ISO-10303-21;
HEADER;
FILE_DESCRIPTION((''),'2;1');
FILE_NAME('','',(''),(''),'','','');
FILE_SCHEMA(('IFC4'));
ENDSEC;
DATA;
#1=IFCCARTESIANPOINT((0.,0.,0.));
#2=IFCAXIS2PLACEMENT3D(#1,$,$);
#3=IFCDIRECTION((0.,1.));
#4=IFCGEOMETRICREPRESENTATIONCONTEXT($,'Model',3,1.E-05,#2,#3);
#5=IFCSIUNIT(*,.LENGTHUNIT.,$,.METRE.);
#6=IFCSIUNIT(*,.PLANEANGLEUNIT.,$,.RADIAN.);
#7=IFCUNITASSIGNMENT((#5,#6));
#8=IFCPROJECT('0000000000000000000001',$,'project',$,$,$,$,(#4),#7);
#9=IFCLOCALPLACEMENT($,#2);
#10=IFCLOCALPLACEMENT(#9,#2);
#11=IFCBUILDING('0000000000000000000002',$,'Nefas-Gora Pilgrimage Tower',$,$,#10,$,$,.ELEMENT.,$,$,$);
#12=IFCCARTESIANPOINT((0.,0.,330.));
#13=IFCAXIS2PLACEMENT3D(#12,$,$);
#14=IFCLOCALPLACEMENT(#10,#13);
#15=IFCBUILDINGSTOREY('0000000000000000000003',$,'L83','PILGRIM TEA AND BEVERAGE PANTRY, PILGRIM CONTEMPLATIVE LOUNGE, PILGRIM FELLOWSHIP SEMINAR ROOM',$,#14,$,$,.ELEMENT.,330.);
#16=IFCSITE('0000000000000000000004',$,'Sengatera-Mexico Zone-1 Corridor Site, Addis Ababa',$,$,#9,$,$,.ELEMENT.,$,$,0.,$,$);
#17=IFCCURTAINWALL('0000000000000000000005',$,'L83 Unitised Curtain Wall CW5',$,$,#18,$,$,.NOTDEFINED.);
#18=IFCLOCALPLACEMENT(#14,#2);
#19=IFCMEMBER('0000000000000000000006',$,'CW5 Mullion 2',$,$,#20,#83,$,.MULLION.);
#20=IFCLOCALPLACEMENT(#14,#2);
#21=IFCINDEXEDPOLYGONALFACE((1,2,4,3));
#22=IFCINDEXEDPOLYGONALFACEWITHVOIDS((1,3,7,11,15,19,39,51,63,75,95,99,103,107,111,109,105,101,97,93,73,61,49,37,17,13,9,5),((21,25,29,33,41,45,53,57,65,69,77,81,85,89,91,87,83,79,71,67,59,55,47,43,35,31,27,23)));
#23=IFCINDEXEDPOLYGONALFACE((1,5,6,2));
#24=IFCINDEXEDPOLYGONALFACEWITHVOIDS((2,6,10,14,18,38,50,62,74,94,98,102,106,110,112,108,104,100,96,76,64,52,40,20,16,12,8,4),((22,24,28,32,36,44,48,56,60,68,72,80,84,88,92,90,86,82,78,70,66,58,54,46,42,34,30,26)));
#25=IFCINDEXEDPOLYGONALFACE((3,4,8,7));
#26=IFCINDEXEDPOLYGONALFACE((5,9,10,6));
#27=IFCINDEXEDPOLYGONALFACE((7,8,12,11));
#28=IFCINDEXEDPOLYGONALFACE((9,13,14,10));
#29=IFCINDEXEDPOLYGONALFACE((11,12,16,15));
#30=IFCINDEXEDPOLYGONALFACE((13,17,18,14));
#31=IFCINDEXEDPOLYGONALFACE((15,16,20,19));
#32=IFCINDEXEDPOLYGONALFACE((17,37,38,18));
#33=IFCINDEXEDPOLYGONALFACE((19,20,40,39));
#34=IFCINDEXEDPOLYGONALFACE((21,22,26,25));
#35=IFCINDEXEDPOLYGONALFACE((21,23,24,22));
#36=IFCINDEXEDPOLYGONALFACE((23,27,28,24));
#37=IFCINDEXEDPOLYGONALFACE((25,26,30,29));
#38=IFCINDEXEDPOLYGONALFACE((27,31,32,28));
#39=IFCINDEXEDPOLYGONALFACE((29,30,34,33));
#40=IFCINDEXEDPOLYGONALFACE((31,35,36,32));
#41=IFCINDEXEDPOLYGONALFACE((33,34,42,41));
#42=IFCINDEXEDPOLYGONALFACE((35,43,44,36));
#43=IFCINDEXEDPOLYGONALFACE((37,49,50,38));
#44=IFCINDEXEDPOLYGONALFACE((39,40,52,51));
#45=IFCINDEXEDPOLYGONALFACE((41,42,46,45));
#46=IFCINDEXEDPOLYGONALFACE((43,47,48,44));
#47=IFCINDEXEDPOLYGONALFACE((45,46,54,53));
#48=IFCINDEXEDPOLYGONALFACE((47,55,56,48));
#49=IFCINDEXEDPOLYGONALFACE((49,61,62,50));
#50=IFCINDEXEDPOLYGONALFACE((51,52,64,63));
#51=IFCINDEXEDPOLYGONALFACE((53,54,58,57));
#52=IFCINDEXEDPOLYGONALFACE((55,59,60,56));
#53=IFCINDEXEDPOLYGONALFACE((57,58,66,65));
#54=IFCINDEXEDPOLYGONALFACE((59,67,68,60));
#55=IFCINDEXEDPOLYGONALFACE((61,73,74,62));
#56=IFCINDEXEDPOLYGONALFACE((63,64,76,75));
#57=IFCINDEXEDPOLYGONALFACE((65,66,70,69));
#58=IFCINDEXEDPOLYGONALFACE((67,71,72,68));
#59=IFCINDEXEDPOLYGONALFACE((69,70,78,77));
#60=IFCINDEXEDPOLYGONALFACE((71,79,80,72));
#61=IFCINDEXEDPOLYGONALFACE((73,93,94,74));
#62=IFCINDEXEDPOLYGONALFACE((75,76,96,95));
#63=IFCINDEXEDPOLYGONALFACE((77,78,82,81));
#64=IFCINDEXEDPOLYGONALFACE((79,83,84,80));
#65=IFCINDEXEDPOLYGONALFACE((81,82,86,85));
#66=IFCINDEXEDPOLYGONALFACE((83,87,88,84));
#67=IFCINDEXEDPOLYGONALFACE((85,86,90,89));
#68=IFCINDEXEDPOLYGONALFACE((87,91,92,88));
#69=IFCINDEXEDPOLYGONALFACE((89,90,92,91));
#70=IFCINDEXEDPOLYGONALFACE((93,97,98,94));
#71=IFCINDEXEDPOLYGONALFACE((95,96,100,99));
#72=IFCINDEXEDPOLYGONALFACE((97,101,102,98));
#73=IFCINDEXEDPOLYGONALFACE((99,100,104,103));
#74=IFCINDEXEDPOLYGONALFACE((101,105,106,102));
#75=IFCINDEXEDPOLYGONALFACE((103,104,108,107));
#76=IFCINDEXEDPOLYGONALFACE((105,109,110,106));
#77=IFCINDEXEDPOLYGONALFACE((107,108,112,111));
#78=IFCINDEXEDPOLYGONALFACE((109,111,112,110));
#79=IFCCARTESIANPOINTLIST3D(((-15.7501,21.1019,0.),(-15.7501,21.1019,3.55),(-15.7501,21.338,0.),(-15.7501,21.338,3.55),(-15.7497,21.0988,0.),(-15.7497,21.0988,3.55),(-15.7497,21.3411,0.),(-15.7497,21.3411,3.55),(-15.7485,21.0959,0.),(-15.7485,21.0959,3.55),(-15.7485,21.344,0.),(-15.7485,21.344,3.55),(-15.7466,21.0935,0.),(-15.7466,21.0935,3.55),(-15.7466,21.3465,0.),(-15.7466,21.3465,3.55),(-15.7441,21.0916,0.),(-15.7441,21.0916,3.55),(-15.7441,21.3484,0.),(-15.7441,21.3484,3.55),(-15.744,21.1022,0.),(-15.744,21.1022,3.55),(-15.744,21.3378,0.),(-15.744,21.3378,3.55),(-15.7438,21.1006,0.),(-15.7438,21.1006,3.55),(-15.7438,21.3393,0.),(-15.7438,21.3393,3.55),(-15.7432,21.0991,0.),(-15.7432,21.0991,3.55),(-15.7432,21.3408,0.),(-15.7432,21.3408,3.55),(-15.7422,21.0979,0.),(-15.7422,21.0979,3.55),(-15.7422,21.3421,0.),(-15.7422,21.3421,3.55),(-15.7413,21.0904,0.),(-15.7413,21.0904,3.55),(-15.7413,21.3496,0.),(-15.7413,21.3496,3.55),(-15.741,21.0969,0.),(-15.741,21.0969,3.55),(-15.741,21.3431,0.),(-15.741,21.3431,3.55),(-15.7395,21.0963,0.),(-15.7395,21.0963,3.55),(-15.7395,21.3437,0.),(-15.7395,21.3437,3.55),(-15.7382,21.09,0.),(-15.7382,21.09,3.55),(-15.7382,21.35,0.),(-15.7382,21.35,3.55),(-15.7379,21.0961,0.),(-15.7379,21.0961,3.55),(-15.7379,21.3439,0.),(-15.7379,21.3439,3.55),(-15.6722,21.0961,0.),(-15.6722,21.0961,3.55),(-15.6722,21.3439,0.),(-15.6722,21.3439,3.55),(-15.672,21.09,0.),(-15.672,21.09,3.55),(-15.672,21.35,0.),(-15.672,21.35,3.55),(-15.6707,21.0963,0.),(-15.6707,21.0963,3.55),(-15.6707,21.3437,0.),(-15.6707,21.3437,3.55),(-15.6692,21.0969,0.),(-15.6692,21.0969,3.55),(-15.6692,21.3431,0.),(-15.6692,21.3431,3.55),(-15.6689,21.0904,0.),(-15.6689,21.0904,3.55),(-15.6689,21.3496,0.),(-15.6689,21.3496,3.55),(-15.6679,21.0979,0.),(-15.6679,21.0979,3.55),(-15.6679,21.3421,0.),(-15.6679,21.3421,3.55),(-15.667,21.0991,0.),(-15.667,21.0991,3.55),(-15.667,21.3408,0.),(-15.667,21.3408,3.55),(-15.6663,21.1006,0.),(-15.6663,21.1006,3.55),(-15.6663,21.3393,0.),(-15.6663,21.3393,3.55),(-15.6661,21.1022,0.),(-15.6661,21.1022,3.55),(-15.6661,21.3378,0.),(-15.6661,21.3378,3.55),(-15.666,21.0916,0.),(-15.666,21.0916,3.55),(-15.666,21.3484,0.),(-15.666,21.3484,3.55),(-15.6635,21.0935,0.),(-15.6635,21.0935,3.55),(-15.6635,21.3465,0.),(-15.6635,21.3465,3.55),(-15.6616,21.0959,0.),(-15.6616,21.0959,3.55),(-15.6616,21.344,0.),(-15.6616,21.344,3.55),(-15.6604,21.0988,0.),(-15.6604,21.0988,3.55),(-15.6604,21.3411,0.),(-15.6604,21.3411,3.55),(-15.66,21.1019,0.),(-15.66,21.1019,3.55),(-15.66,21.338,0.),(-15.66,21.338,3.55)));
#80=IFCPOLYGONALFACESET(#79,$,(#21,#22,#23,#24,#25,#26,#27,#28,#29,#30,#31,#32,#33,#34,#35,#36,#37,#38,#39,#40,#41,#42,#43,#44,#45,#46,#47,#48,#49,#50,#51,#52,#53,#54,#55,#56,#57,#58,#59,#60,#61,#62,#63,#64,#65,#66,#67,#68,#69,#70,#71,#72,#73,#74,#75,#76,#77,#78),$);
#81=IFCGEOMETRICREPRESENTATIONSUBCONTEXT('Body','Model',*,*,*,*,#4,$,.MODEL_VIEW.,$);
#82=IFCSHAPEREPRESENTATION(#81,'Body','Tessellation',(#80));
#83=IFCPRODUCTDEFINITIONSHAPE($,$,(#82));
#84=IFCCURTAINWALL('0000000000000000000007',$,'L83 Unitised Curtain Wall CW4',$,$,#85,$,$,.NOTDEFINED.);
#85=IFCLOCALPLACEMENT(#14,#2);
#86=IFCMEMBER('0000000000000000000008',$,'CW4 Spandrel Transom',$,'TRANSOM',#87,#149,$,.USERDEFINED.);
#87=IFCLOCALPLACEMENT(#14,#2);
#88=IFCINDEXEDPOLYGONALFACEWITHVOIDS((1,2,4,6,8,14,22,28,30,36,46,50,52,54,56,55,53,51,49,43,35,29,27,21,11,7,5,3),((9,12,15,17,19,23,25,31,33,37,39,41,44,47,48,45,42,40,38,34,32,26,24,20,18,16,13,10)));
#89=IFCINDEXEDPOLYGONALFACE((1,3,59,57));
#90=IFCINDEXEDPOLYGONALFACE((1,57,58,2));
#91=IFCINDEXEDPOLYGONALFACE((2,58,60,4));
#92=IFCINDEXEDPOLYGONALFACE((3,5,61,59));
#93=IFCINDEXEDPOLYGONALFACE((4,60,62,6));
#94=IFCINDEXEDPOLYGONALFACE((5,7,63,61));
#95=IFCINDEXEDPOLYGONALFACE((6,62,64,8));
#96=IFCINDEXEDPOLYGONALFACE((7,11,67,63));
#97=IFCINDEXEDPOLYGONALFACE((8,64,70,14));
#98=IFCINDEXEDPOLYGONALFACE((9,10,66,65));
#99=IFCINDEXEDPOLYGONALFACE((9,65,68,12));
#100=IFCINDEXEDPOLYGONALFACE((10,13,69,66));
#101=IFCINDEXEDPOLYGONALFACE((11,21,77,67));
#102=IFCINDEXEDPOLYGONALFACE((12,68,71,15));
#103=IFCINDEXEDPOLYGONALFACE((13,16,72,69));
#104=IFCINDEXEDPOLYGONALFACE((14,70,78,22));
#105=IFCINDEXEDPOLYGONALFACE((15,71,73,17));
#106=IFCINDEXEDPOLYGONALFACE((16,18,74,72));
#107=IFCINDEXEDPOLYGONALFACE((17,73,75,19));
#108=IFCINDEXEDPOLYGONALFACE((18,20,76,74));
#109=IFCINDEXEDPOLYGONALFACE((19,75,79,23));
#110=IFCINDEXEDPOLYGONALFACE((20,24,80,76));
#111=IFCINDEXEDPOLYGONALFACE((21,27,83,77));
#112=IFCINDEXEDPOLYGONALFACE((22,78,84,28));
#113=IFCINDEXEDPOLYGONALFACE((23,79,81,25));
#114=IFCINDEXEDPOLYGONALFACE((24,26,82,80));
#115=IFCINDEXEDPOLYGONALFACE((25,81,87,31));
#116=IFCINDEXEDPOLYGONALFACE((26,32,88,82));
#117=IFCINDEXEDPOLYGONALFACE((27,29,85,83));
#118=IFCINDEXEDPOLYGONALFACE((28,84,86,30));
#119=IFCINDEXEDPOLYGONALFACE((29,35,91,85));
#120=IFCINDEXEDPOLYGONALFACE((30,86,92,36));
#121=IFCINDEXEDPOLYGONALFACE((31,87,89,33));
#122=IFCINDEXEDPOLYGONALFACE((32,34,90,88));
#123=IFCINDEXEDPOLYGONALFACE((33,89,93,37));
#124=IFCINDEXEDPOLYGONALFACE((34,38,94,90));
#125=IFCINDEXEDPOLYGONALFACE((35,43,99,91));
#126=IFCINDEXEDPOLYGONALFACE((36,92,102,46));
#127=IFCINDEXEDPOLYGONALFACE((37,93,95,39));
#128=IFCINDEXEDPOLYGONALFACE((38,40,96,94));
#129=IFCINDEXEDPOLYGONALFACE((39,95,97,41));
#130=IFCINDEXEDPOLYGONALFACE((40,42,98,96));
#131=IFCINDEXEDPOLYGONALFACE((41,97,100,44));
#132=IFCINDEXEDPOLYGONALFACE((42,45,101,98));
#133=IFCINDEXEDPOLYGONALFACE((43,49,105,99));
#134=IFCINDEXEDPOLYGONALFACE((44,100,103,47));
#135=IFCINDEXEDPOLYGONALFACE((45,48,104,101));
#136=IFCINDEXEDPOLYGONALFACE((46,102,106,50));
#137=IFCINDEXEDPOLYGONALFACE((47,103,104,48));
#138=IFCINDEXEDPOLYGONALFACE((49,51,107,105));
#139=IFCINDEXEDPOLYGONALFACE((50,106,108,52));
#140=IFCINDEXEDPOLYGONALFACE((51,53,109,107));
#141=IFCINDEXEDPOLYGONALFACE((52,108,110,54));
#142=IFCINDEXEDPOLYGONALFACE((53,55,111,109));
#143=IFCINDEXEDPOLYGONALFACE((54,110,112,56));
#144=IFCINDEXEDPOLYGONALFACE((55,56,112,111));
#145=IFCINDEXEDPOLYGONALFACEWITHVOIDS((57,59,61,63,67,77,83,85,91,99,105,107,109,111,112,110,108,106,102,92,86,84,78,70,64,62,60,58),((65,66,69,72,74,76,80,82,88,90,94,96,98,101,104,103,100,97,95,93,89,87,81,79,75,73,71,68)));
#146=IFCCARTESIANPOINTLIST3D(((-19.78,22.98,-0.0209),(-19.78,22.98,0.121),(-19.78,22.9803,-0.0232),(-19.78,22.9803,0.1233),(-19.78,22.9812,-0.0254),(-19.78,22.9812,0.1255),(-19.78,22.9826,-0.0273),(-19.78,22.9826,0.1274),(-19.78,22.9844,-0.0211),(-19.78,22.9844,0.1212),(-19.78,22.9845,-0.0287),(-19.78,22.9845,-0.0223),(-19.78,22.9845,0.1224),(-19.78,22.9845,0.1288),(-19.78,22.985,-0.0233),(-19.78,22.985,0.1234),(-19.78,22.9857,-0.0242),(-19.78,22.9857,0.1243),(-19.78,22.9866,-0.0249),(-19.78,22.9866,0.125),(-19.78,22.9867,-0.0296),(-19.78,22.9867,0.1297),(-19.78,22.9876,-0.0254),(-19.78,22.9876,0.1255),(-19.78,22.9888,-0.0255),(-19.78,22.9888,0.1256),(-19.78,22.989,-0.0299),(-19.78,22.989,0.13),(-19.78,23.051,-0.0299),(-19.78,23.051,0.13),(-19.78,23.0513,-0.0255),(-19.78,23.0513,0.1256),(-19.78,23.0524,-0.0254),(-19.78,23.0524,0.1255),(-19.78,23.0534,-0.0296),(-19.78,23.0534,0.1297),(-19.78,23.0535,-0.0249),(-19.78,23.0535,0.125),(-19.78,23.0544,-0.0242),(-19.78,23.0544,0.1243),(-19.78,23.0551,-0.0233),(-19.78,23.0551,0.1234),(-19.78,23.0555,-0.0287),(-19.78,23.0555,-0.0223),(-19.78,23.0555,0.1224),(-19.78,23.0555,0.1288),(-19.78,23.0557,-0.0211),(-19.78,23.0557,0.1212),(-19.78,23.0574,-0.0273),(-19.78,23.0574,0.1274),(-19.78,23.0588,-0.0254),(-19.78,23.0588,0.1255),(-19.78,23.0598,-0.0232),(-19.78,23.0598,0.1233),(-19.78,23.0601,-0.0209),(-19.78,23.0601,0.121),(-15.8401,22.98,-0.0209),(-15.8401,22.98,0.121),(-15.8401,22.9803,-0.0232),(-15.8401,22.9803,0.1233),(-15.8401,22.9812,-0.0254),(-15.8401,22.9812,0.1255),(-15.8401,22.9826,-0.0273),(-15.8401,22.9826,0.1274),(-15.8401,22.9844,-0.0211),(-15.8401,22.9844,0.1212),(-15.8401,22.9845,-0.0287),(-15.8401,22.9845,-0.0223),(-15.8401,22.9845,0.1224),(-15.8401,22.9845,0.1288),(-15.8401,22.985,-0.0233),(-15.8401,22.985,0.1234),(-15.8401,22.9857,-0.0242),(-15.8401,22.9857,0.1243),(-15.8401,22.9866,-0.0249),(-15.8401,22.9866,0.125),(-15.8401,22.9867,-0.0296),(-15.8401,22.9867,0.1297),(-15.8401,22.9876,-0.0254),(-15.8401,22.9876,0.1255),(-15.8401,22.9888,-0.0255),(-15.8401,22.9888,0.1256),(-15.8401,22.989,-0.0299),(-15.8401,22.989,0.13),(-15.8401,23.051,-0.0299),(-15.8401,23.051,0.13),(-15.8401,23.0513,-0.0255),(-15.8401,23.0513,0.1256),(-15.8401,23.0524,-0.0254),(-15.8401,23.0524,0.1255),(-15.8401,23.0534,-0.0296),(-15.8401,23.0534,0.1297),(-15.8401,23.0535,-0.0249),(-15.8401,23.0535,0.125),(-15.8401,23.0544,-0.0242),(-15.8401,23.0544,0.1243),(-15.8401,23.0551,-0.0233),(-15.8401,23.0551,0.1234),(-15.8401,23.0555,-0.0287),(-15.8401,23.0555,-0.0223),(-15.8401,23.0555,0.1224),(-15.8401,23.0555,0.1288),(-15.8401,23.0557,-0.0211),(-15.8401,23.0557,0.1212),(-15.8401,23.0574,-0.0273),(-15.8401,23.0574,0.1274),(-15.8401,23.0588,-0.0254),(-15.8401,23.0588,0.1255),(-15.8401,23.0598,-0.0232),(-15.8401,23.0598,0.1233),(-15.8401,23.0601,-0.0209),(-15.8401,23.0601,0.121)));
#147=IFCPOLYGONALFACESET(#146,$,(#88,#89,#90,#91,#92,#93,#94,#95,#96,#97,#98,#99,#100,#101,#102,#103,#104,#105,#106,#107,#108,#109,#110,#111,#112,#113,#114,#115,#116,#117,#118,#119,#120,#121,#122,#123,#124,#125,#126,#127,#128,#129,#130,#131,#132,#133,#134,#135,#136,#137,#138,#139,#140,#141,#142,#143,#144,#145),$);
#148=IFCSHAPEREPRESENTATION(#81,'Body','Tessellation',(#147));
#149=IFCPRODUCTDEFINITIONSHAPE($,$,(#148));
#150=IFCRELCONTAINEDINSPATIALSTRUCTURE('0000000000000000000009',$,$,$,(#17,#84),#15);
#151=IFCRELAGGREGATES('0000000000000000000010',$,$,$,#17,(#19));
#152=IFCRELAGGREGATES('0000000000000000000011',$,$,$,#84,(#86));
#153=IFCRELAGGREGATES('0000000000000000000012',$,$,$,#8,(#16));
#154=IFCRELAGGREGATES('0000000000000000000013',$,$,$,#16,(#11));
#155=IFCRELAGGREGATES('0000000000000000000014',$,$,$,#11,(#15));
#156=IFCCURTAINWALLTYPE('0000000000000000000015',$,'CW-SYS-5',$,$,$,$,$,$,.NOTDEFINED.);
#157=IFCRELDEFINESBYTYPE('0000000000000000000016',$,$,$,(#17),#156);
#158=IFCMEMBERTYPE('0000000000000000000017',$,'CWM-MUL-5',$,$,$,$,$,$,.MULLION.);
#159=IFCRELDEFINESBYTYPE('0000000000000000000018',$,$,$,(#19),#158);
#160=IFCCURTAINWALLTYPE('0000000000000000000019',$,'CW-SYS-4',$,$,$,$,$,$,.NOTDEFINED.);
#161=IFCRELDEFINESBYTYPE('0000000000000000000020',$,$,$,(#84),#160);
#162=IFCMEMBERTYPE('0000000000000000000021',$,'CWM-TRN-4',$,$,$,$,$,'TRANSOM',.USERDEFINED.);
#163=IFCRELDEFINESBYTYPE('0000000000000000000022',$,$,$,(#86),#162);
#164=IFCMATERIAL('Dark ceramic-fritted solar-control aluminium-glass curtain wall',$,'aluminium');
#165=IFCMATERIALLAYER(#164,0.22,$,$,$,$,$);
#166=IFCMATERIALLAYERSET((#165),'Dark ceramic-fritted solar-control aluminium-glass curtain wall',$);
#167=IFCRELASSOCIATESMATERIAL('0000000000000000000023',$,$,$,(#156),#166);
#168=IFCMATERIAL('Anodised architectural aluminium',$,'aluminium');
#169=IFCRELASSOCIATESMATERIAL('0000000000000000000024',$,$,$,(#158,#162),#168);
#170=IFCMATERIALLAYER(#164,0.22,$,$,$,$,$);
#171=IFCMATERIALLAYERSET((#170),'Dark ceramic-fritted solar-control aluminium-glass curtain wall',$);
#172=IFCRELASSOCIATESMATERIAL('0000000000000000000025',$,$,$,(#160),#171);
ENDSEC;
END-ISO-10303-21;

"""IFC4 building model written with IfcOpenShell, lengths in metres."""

from ifc_helpers import new_model, si_unit, direction, frame, origin, origin_2d, place, context, subcontext, project, spatial, hollow_rectangle, extrude, source, transform, mapped, material, layer, layer_set, material_profile, profile_set, type_object, element, aggregate, save


model = new_model("IFC4")

# Units and contexts
model_context = context("Model", 3, precision=1e-05, world=origin(), true_north=direction((0.0, 1.0)))
body_context = subcontext(model_context, "Body", "Model", "MODEL_VIEW")
ifc_project = project(units=[si_unit("LENGTHUNIT", "METRE"), si_unit("PLANEANGLEUNIT", "RADIAN")], contexts=[model_context])

# Site, building, storey
site_placement = place(None, origin())
site = spatial("IfcSite", under=ifc_project, at=site_placement, Name="Sengatera-Mexico Zone-1 Corridor Site, Addis Ababa", CompositionType="ELEMENT", RefElevation=0.0)
building_placement = place(site_placement, origin())
building = spatial("IfcBuilding", under=site, at=building_placement, Name="Nefas-Gora Pilgrimage Tower", CompositionType="ELEMENT")
storey_placement = place(building_placement, frame((0.0, 0.0, 330.0)))
storey = spatial("IfcBuildingStorey", under=building, at=storey_placement, Name="L83", Description="PILGRIM TEA AND BEVERAGE PANTRY, PILGRIM CONTEMPLATIVE LOUNGE, PILGRIM FELLOWSHIP SEMINAR ROOM", CompositionType="ELEMENT", Elevation=330.0)

# Curtain wall, member
ifc_material_1 = material(Name="Dark ceramic-fritted solar-control aluminium-glass curtain wall", Category="aluminium")
ifc_layer_1 = layer(ifc_material_1, 0.22)
ifc_layer_set_1 = layer_set([ifc_layer_1], Name="Dark ceramic-fritted solar-control aluminium-glass curtain wall")
curtain_wall_type_1 = type_object("IfcCurtainWallType", Name="CW-SYS-5", PredefinedType="NOTDEFINED", material=ifc_layer_set_1)
curtain_wall_1_placement = place(storey_placement, origin())
curtain_wall_1 = element("IfcCurtainWall", 1, at=curtain_wall_1_placement, inside=storey, type_object=curtain_wall_type_1, Name="L83 Unitised Curtain Wall CW5", PredefinedType="NOTDEFINED")
ifc_material_2 = material(Name="Anodised architectural aluminium", Category="aluminium")
ifc_material_profile_1 = material_profile(ifc_material_2, hollow_rectangle(XDim=0.0901, YDim=0.26, WallThickness=0.0061, InnerFilletRadius=0.0061, OuterFilletRadius=0.012, at=origin_2d()), Name="ALU MULLION 90x260")
ifc_profile_set_1 = profile_set([ifc_material_profile_1], Name="Anodised architectural aluminium")
member_type_1 = type_object("IfcMemberType", Name="CWM-MUL-5", PredefinedType="MULLION", material=ifc_profile_set_1)
shared_shape_1 = source(origin(), body_context, "Body", "SweptSolid", [
    extrude(hollow_rectangle(XDim=0.0901, YDim=0.26, WallThickness=0.0061, InnerFilletRadius=0.0061, OuterFilletRadius=0.012, at=origin_2d()), origin(), (0.0, 0.0, 1.0), 3.55),
])
member_1_placement = place(storey_placement, frame((-15.7051, 21.22, 0.0), z_axis=(0.0, 0.0, 1.0), x_axis=(-1.0, 0.0, 0.0)))
member_1 = element("IfcMember", 2, at=member_1_placement, type_object=member_type_1, Name="CW5 Mullion 2", PredefinedType="MULLION", context=body_context, shape_type="MappedRepresentation", body=[
    mapped(shared_shape_1, transform((0.0, 0.0, 0.0), x_axis=(1.0, 0.0, 0.0), y_axis=(0.0, 1.0, 0.0), z_axis=(0.0, 0.0, 1.0), scale=1.0)),
])

# Curtain wall, member
ifc_layer_2 = layer(ifc_material_1, 0.22)
ifc_layer_set_2 = layer_set([ifc_layer_2], Name="Dark ceramic-fritted solar-control aluminium-glass curtain wall")
curtain_wall_type_2 = type_object("IfcCurtainWallType", Name="CW-SYS-4", PredefinedType="NOTDEFINED", material=ifc_layer_set_2)
curtain_wall_2_placement = place(storey_placement, origin())
curtain_wall_2 = element("IfcCurtainWall", 3, at=curtain_wall_2_placement, inside=storey, type_object=curtain_wall_type_2, Name="L83 Unitised Curtain Wall CW4", PredefinedType="NOTDEFINED")
ifc_material_profile_2 = material_profile(ifc_material_2, hollow_rectangle(XDim=0.0801, YDim=0.1599, WallThickness=0.0044, InnerFilletRadius=0.0044, OuterFilletRadius=0.009, at=origin_2d()), Name="ALU TRANSOM 80x160")
ifc_profile_set_2 = profile_set([ifc_material_profile_2], Name="Anodised architectural aluminium")
member_type_2 = type_object("IfcMemberType", Name="CWM-TRN-4", ElementType="TRANSOM", PredefinedType="USERDEFINED", material=ifc_profile_set_2)
shared_shape_2 = source(origin(), body_context, "Body", "SweptSolid", [
    extrude(hollow_rectangle(XDim=0.0801, YDim=0.1599, WallThickness=0.0044, InnerFilletRadius=0.0044, OuterFilletRadius=0.009, at=origin_2d()), origin(), (0.0, 0.0, 1.0), 3.9399),
])
member_2_placement = place(storey_placement, frame((-15.8401, 23.02, 0.05), z_axis=(-1.0, 0.0, 0.0), x_axis=(0.0, -1.0, 0.0)))
member_2 = element("IfcMember", 4, at=member_2_placement, type_object=member_type_2, Name="CW4 Spandrel Transom", ObjectType="TRANSOM", PredefinedType="USERDEFINED", context=body_context, shape_type="MappedRepresentation", body=[
    mapped(shared_shape_2, transform((0.0, 0.0, 0.0), x_axis=(1.0, 0.0, 0.0), y_axis=(0.0, 1.0, 0.0), z_axis=(0.0, 0.0, 1.0), scale=1.0)),
])

aggregate(curtain_wall_1, [member_1])
aggregate(curtain_wall_2, [member_2])

save(model, "model.ifc")
